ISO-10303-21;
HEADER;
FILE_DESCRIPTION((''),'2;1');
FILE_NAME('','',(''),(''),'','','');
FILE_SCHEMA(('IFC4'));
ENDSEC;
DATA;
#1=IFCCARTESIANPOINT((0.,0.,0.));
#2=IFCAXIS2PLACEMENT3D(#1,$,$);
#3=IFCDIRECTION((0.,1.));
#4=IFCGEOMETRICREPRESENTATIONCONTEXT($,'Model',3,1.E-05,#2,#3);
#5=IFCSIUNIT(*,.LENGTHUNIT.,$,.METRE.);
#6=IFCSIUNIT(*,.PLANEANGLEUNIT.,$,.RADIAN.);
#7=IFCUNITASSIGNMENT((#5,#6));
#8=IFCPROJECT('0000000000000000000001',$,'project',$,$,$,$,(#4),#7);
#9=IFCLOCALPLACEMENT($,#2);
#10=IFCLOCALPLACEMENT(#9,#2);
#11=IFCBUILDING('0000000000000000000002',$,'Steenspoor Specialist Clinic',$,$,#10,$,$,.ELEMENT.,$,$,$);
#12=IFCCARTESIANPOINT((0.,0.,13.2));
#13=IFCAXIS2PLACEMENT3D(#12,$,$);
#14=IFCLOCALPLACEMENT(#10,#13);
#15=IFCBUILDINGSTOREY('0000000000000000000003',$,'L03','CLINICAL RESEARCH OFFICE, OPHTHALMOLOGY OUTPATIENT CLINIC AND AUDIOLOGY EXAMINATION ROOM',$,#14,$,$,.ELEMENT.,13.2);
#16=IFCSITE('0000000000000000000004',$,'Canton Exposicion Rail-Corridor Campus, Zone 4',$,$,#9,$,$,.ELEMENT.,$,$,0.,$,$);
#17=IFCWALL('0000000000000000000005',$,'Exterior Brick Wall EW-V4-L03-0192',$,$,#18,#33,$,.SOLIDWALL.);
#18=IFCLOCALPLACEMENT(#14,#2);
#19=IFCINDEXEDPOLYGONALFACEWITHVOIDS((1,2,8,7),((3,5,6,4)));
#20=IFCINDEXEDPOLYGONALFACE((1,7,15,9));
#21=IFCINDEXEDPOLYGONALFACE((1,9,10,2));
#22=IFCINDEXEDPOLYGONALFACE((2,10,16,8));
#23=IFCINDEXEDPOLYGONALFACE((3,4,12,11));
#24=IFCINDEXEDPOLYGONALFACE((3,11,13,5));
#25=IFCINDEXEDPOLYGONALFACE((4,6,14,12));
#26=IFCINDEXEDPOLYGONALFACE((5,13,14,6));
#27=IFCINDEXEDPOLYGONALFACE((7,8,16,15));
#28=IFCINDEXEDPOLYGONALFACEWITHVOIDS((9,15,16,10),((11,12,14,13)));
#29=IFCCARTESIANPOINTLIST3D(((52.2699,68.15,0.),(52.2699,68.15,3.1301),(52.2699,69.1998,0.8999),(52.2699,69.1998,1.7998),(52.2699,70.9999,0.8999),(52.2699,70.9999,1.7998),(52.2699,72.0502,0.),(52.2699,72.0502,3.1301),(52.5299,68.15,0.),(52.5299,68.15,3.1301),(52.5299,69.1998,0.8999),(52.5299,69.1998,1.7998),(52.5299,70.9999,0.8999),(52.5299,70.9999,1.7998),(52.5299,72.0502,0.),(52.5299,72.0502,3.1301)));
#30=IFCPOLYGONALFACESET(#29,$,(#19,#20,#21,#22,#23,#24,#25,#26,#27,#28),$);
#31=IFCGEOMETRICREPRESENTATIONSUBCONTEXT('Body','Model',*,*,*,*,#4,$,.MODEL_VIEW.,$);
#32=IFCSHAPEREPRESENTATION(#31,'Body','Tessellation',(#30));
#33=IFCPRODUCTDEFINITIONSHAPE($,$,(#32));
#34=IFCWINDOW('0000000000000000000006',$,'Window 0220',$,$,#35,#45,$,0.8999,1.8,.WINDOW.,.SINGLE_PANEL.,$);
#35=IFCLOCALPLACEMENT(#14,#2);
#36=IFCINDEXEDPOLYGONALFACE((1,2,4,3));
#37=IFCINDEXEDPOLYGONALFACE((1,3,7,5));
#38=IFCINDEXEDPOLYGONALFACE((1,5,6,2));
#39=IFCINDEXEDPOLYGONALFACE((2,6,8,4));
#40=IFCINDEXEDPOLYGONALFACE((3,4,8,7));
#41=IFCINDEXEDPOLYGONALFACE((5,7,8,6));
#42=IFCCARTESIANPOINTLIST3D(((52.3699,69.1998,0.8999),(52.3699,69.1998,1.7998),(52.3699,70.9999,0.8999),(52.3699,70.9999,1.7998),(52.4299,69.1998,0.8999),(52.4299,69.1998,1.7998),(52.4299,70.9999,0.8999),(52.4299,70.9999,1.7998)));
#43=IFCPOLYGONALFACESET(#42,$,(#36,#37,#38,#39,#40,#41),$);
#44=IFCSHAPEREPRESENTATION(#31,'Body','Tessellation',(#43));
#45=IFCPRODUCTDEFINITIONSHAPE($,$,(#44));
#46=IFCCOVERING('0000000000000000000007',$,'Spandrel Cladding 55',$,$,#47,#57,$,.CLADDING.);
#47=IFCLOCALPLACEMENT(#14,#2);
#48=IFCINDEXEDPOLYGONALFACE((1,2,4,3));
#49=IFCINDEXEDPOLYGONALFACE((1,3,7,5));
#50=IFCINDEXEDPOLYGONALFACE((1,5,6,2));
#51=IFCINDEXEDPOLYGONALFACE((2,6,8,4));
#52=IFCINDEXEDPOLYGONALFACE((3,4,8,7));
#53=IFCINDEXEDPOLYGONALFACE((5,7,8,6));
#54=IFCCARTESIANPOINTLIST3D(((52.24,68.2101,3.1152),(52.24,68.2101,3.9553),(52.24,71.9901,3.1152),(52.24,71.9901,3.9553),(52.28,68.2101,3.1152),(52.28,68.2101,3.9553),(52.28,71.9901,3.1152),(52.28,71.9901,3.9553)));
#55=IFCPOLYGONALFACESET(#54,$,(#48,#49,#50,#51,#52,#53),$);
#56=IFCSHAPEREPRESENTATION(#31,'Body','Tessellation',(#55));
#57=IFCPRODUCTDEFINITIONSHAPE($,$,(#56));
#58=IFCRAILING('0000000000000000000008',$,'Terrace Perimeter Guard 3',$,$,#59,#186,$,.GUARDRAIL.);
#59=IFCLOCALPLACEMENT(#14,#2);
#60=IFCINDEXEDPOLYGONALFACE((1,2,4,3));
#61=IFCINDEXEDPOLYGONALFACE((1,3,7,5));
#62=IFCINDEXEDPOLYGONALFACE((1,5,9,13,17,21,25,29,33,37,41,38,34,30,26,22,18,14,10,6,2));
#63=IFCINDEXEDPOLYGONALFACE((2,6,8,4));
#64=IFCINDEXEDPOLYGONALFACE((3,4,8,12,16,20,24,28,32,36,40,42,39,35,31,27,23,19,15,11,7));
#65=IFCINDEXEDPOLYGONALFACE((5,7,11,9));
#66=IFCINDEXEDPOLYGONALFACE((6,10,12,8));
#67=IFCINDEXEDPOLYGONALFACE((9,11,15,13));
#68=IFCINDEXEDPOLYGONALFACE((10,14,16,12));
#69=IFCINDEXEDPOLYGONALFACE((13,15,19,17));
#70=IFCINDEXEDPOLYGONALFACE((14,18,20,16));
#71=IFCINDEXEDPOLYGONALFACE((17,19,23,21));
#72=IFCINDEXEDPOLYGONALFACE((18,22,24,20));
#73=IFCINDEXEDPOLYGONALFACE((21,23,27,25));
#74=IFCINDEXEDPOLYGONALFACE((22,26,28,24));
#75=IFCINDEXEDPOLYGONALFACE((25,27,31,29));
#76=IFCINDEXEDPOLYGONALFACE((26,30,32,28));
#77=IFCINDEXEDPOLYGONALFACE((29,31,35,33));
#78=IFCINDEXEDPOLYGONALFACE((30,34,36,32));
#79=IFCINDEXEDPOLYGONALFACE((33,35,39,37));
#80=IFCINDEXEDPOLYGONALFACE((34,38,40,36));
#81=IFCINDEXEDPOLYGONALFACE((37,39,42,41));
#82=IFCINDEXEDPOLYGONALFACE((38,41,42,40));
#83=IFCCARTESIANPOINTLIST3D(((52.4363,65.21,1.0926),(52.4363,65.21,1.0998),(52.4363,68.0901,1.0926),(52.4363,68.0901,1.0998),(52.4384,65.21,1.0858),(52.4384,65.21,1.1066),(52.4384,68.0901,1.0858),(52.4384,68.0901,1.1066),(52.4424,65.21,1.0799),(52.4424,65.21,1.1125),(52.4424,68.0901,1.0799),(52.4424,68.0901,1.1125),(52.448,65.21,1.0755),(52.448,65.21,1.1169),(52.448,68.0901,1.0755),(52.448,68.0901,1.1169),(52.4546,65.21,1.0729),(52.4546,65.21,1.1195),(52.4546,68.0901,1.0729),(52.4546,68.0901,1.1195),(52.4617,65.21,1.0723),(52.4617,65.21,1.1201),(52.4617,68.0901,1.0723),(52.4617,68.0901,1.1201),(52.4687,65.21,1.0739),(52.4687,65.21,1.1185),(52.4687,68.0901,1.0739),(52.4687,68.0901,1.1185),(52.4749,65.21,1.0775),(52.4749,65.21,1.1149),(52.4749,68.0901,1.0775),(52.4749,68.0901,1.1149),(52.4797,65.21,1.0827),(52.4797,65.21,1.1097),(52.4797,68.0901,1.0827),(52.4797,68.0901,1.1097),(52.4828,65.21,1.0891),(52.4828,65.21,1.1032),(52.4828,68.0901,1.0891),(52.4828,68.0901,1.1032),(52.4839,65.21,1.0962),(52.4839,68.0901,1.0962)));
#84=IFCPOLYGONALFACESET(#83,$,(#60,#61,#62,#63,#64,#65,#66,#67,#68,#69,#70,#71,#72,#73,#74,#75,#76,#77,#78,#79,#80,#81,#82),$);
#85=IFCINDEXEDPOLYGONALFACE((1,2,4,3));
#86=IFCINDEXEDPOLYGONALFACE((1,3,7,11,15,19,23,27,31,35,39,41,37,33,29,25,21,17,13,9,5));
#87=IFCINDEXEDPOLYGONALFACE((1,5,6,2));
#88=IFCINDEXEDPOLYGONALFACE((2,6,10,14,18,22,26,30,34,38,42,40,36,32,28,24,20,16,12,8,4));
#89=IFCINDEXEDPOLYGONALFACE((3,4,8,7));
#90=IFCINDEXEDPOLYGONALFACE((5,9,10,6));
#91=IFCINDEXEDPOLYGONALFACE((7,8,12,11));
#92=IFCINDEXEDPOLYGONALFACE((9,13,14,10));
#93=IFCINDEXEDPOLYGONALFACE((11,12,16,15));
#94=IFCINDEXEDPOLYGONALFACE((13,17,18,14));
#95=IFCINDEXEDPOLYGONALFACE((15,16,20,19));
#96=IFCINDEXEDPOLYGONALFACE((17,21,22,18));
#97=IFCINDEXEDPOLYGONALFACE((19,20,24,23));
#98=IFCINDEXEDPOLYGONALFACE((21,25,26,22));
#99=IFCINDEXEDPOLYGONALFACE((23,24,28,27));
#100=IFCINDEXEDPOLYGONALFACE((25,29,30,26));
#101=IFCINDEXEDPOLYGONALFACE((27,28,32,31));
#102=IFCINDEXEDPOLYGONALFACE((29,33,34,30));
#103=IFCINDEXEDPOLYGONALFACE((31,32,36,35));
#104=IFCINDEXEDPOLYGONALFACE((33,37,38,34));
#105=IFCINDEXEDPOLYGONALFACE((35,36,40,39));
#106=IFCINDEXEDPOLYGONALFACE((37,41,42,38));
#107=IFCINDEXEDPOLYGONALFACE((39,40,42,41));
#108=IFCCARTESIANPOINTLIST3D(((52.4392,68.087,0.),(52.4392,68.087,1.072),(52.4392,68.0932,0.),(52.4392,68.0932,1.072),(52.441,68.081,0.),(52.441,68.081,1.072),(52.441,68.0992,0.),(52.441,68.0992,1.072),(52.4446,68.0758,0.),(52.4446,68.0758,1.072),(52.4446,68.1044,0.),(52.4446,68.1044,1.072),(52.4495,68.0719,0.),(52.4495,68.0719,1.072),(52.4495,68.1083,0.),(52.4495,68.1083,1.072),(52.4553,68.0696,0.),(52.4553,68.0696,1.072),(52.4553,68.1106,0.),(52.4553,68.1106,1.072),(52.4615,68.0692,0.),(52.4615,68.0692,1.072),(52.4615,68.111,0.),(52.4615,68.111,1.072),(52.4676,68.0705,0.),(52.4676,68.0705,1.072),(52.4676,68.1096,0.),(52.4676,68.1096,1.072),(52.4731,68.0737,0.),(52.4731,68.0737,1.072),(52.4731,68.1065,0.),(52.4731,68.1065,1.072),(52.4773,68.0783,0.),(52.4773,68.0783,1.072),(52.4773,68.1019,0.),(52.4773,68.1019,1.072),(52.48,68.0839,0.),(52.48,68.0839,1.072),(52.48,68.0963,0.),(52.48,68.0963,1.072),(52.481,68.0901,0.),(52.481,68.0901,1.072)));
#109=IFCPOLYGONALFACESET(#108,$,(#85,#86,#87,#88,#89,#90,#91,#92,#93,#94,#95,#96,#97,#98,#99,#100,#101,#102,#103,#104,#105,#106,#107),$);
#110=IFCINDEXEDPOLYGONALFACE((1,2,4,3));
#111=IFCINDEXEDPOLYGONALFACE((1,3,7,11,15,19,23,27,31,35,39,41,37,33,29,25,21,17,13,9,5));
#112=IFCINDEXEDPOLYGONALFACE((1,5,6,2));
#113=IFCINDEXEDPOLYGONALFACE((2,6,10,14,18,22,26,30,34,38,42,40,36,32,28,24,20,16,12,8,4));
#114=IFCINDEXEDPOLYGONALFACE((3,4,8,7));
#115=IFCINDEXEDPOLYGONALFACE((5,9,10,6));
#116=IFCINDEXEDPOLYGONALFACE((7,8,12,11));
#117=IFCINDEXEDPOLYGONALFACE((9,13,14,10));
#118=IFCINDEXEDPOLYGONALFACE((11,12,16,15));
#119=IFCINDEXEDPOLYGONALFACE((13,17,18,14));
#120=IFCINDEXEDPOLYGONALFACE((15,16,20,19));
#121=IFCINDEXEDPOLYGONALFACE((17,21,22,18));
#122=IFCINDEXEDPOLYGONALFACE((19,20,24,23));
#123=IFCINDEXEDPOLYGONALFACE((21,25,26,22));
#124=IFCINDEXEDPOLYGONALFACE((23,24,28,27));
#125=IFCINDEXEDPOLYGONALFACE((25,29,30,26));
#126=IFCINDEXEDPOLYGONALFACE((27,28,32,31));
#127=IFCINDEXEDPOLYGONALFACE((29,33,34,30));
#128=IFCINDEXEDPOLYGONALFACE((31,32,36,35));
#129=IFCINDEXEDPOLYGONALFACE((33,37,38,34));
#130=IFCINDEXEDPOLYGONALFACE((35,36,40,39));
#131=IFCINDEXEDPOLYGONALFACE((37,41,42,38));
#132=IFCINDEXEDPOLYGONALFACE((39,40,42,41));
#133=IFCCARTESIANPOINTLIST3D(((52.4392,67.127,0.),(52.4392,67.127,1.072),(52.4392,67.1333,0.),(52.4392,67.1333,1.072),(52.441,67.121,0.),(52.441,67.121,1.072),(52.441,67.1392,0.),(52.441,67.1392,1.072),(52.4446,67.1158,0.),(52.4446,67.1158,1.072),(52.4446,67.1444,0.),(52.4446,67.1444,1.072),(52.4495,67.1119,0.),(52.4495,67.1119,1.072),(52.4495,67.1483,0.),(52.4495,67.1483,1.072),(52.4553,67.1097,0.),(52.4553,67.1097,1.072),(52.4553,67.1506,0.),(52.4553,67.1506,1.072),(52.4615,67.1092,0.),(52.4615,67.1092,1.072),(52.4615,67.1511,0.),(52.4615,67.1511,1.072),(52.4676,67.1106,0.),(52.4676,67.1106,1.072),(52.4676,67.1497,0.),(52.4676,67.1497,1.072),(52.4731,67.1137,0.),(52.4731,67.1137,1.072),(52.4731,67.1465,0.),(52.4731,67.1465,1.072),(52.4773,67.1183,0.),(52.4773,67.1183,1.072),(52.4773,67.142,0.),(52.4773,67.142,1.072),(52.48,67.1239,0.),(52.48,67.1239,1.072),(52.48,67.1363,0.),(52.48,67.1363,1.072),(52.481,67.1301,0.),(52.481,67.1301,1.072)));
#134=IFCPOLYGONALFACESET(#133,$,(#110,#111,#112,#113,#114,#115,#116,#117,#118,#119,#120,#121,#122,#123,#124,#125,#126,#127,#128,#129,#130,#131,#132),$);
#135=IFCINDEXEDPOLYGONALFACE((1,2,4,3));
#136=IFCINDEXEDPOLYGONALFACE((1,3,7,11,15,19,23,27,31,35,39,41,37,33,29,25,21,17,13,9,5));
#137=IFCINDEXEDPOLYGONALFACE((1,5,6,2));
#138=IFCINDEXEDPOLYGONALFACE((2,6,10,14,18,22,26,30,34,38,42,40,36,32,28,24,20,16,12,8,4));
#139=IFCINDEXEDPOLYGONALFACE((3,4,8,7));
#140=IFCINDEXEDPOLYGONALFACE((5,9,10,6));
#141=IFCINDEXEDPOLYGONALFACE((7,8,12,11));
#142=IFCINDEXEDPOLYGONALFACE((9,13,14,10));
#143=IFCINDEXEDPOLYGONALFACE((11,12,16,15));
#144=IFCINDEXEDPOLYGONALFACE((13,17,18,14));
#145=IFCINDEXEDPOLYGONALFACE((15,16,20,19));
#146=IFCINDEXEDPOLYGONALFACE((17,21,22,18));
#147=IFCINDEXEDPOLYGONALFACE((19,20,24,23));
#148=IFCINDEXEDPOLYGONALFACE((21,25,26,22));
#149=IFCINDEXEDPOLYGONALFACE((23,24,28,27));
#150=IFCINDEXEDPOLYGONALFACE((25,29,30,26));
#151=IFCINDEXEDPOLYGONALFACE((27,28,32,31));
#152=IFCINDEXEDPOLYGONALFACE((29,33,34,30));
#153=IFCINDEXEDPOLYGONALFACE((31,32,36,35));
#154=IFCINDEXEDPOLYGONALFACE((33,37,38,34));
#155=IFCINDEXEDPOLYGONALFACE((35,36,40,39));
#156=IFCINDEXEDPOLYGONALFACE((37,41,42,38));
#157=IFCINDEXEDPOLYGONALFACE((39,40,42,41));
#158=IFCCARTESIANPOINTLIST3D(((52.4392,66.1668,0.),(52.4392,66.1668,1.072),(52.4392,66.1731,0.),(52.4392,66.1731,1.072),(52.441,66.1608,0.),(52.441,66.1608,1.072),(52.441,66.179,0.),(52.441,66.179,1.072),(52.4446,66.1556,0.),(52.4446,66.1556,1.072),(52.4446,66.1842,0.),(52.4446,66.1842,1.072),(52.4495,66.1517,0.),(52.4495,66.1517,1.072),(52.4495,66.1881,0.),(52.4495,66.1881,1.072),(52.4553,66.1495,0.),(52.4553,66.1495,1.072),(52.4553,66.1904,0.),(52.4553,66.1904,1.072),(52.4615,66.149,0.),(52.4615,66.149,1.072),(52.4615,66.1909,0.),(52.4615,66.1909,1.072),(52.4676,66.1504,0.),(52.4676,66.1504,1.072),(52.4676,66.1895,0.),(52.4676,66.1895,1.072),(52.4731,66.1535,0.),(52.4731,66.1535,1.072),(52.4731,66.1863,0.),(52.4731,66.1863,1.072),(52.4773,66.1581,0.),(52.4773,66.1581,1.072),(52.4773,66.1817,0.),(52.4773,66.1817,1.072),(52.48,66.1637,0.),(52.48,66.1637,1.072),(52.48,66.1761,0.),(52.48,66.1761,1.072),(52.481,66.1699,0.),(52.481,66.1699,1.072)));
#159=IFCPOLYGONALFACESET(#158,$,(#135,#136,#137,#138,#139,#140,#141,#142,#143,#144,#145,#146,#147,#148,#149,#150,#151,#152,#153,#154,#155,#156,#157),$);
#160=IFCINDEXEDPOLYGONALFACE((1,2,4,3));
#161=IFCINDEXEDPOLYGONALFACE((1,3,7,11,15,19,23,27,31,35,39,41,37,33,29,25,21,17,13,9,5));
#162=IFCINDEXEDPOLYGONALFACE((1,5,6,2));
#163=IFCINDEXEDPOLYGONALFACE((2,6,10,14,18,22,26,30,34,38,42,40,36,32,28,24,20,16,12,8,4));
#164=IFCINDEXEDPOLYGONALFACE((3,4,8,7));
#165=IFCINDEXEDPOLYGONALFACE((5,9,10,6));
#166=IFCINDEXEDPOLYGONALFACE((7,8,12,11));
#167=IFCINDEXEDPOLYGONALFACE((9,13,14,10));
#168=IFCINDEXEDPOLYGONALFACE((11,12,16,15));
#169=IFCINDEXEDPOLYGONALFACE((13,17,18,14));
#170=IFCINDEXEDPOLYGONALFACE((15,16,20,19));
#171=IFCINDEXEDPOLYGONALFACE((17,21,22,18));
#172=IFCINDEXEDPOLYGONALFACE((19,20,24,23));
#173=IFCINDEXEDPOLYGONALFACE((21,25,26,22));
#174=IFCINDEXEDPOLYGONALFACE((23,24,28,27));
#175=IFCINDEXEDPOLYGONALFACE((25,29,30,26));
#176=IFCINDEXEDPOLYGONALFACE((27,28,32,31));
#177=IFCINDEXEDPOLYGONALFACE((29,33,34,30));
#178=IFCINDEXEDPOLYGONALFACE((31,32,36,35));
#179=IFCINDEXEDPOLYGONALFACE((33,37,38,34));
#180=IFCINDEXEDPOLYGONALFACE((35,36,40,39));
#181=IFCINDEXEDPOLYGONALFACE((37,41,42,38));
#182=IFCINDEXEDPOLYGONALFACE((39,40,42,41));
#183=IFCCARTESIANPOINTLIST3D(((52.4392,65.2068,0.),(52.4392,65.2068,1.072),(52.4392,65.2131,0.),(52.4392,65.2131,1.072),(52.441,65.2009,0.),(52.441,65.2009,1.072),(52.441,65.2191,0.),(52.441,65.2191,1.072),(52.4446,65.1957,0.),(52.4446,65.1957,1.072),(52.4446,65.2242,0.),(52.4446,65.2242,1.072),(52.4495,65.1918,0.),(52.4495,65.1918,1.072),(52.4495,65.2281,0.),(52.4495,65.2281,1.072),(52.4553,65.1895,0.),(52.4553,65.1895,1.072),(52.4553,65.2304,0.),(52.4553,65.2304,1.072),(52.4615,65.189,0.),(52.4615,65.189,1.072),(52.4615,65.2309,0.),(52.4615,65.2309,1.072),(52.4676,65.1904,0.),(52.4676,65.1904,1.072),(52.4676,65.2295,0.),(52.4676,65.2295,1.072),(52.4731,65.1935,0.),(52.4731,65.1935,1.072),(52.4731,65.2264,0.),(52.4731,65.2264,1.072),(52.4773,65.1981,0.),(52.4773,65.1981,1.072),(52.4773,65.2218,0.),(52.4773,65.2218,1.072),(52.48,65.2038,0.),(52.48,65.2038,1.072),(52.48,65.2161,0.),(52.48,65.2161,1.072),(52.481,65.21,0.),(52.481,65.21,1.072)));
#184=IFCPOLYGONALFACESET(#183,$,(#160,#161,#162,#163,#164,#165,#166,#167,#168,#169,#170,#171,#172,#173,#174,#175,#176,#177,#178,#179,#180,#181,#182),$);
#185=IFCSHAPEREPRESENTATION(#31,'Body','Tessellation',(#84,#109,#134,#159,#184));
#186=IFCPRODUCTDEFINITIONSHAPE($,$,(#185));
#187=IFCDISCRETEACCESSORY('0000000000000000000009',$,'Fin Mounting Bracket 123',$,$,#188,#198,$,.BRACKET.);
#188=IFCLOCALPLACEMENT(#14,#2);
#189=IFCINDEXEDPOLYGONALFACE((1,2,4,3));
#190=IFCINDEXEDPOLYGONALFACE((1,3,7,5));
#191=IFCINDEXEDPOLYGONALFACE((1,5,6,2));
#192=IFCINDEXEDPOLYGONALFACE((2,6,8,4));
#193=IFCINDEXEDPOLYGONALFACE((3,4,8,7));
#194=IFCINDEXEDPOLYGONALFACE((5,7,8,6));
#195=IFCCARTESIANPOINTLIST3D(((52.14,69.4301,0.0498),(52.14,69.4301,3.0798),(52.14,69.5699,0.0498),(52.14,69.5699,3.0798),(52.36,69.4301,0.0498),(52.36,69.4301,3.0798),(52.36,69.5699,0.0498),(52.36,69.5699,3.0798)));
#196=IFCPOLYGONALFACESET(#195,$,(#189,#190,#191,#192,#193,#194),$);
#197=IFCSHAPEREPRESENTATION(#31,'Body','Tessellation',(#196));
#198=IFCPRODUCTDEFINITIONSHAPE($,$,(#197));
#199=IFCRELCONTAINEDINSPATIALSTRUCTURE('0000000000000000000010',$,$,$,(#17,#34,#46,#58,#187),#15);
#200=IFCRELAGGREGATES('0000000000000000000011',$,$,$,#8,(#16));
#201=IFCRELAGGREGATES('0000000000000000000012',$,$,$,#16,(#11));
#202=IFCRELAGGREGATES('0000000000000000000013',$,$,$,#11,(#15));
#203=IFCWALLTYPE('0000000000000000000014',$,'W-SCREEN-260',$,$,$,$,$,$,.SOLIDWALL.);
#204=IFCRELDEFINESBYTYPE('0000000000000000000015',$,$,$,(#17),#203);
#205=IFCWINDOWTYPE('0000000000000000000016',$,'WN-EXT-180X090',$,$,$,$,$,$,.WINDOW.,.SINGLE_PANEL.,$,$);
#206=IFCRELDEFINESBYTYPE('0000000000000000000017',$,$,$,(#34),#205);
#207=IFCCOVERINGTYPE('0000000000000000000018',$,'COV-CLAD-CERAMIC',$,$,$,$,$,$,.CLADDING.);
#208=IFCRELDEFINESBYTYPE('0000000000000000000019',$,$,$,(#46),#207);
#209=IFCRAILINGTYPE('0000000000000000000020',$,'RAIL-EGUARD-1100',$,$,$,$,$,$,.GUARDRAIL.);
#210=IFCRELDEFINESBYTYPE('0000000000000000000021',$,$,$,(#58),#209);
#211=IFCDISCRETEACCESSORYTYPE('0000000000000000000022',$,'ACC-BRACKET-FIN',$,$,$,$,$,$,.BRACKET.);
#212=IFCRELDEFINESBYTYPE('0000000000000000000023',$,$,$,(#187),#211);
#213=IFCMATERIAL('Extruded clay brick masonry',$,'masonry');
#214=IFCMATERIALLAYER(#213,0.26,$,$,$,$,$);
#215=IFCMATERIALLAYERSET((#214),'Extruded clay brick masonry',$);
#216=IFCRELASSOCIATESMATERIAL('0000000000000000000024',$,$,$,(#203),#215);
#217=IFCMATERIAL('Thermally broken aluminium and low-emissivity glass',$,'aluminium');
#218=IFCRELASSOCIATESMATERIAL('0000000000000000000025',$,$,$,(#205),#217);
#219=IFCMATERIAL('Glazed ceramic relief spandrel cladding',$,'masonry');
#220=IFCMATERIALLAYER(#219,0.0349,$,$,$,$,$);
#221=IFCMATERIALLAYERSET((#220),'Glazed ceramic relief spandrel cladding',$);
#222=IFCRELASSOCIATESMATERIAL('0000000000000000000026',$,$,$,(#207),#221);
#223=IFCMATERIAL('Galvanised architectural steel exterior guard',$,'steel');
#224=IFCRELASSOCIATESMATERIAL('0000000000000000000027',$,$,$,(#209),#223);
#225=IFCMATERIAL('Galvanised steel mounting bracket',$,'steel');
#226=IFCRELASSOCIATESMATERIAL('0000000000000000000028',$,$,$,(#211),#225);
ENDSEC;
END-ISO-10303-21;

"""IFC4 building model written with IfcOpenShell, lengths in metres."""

from ifc_helpers import new_model, si_unit, direction, frame, frame_2d, origin, origin_2d, place, context, subcontext, project, spatial, rectangle, circle, extrude, material, layer, layer_set, type_object, element, fill, save


model = new_model("IFC4")

# Units and contexts
model_context = context("Model", 3, precision=1e-05, world=origin(), true_north=direction((0.0, 1.0)))
body_context = subcontext(model_context, "Body", "Model", "MODEL_VIEW")
ifc_project = project(units=[si_unit("LENGTHUNIT", "METRE"), si_unit("PLANEANGLEUNIT", "RADIAN")], contexts=[model_context])

# Site, building, storey
site_placement = place(None, origin())
site = spatial("IfcSite", under=ifc_project, at=site_placement, Name="Canton Exposicion Rail-Corridor Campus, Zone 4", CompositionType="ELEMENT", RefElevation=0.0)
building_placement = place(site_placement, origin())
building = spatial("IfcBuilding", under=site, at=building_placement, Name="Steenspoor Specialist Clinic", CompositionType="ELEMENT")
storey_placement = place(building_placement, frame((0.0, 0.0, 13.2)))
storey = spatial("IfcBuildingStorey", under=building, at=storey_placement, Name="L03", Description="CLINICAL RESEARCH OFFICE, OPHTHALMOLOGY OUTPATIENT CLINIC AND AUDIOLOGY EXAMINATION ROOM", CompositionType="ELEMENT", Elevation=13.2)

# Shared definitions
ifc_material_1 = material(Name="Thermally broken aluminium and low-emissivity glass", Category="aluminium")

# Shared definitions
ifc_material_2 = material(Name="Extruded clay brick masonry", Category="masonry")

# Wall, opening, window
ifc_layer_1 = layer(ifc_material_2, 0.26)
ifc_layer_set_1 = layer_set([ifc_layer_1], Name="Extruded clay brick masonry")
wall_type_1 = type_object("IfcWallType", Name="W-SCREEN-260", PredefinedType="SOLIDWALL", material=ifc_layer_set_1)
wall_1_placement = place(storey_placement, frame((52.3999, 68.1499, 0.0), z_axis=(0.0, 0.0, 1.0), x_axis=(0.0, 1.0, 0.0)))
wall_1 = element("IfcWall", 1, at=wall_1_placement, inside=storey, type_object=wall_type_1, Name="Exterior Brick Wall EW-V4-L03-0192", PredefinedType="SOLIDWALL", context=body_context, shape_type="SweptSolid", body=[
    extrude(rectangle(XDim=3.9001, YDim=0.26, at=frame_2d((1.9502, 0.0))), origin(), (0.0, 0.0, 1.0), 3.1301),
])
opening_1_placement = place(wall_1_placement, frame((1.05, 0.0, 0.8999)))
opening_1 = element("IfcOpeningElement", 2, at=opening_1_placement, cuts=wall_1, PredefinedType="OPENING", context=body_context, shape_type="SweptSolid", body=[
    extrude(rectangle(XDim=1.8, YDim=0.8999, at=frame_2d((0.8999, 0.45))), frame((0.0, 0.1401, 0.0), z_axis=(0.0, -1.0, 0.0), x_axis=(1.0, 0.0, 0.0)), (0.0, 0.0, 1.0), 0.28),
])
window_type = type_object("IfcWindowType", Name="WN-EXT-180X090", PartitioningType="SINGLE_PANEL", PredefinedType="WINDOW", material=ifc_material_1)
window_placement = place(opening_1_placement, origin())
window = element("IfcWindow", 3, at=window_placement, inside=storey, type_object=window_type, Name="Window 0220", OverallHeight=0.8999, OverallWidth=1.8, PartitioningType="SINGLE_PANEL", PredefinedType="WINDOW", context=body_context, shape_type="SweptSolid", body=[
    extrude(rectangle(XDim=1.8, YDim=0.8999, at=frame_2d((0.8999, 0.45))), frame((0.0, 0.03, 0.0), z_axis=(0.0, -1.0, 0.0), x_axis=(1.0, 0.0, 0.0)), (0.0, 0.0, 1.0), 0.0601),
])
fill(opening_1, window)

# Covering
ifc_material_3 = material(Name="Glazed ceramic relief spandrel cladding", Category="masonry")
ifc_layer_2 = layer(ifc_material_3, 0.0349)
ifc_layer_set_2 = layer_set([ifc_layer_2], Name="Glazed ceramic relief spandrel cladding")
covering_type = type_object("IfcCoveringType", Name="COV-CLAD-CERAMIC", PredefinedType="CLADDING", material=ifc_layer_set_2)
covering_placement = place(storey_placement, frame((52.26, 70.1001, 3.1152), z_axis=(0.0, 0.0, 1.0), x_axis=(0.0, 1.0, 0.0)))
element("IfcCovering", 4, at=covering_placement, inside=storey, type_object=covering_type, Name="Spandrel Cladding 55", PredefinedType="CLADDING", context=body_context, shape_type="SweptSolid", body=[
    extrude(rectangle(XDim=3.78, YDim=0.04, at=origin_2d()), origin(), (0.0, 0.0, 1.0), 0.8401),
])

# Railing
ifc_material_4 = material(Name="Galvanised architectural steel exterior guard", Category="steel")
railing_type = type_object("IfcRailingType", Name="RAIL-EGUARD-1100", PredefinedType="GUARDRAIL", material=ifc_material_4)
railing_1_placement = place(storey_placement, frame((52.46, 68.0901, 0.0)))
element("IfcRailing", 5, at=railing_1_placement, inside=storey, type_object=railing_type, Name="Terrace Perimeter Guard 3", PredefinedType="GUARDRAIL", context=body_context, shape_type="SweptSolid", body=[
    extrude(circle(Radius=0.0239, at=origin_2d()), frame((0.0, 0.0, 1.0962), z_axis=(0.0, -1.0, 0.0), x_axis=(1.0, 0.0, 0.0)), (0.0, 0.0, 1.0), 2.8801),
    extrude(circle(Radius=0.021, at=origin_2d()), origin(), (0.0, 0.0, 1.0), 1.072),
    extrude(circle(Radius=0.021, at=origin_2d()), frame((0.0, -0.96, 0.0)), (0.0, 0.0, 1.0), 1.072),
    extrude(circle(Radius=0.021, at=origin_2d()), frame((0.0, -1.9202, 0.0)), (0.0, 0.0, 1.0), 1.072),
    extrude(circle(Radius=0.021, at=origin_2d()), frame((0.0, -2.8801, 0.0)), (0.0, 0.0, 1.0), 1.072),
])

# Discrete accessory
ifc_material_5 = material(Name="Galvanised steel mounting bracket", Category="steel")
discrete_accessory_type = type_object("IfcDiscreteAccessoryType", Name="ACC-BRACKET-FIN", PredefinedType="BRACKET", material=ifc_material_5)
for number, where, z_axis, x_axis, name in (
    (6, (52.25, 69.5, 0.0498), (0.0, 0.0, 1.0), (-1.0, 0.0, 0.0), "Fin Mounting Bracket 123"),
):
    element("IfcDiscreteAccessory", number, at=place(storey_placement, frame(where, z_axis=z_axis, x_axis=x_axis)), inside=storey, type_object=discrete_accessory_type, Name=name, PredefinedType="BRACKET", context=body_context, shape_type="SweptSolid", body=[
        extrude(rectangle(XDim=0.22, YDim=0.1399, at=origin_2d()), origin(), (0.0, 0.0, 1.0), 3.03),
    ])

save(model, "model.ifc")
